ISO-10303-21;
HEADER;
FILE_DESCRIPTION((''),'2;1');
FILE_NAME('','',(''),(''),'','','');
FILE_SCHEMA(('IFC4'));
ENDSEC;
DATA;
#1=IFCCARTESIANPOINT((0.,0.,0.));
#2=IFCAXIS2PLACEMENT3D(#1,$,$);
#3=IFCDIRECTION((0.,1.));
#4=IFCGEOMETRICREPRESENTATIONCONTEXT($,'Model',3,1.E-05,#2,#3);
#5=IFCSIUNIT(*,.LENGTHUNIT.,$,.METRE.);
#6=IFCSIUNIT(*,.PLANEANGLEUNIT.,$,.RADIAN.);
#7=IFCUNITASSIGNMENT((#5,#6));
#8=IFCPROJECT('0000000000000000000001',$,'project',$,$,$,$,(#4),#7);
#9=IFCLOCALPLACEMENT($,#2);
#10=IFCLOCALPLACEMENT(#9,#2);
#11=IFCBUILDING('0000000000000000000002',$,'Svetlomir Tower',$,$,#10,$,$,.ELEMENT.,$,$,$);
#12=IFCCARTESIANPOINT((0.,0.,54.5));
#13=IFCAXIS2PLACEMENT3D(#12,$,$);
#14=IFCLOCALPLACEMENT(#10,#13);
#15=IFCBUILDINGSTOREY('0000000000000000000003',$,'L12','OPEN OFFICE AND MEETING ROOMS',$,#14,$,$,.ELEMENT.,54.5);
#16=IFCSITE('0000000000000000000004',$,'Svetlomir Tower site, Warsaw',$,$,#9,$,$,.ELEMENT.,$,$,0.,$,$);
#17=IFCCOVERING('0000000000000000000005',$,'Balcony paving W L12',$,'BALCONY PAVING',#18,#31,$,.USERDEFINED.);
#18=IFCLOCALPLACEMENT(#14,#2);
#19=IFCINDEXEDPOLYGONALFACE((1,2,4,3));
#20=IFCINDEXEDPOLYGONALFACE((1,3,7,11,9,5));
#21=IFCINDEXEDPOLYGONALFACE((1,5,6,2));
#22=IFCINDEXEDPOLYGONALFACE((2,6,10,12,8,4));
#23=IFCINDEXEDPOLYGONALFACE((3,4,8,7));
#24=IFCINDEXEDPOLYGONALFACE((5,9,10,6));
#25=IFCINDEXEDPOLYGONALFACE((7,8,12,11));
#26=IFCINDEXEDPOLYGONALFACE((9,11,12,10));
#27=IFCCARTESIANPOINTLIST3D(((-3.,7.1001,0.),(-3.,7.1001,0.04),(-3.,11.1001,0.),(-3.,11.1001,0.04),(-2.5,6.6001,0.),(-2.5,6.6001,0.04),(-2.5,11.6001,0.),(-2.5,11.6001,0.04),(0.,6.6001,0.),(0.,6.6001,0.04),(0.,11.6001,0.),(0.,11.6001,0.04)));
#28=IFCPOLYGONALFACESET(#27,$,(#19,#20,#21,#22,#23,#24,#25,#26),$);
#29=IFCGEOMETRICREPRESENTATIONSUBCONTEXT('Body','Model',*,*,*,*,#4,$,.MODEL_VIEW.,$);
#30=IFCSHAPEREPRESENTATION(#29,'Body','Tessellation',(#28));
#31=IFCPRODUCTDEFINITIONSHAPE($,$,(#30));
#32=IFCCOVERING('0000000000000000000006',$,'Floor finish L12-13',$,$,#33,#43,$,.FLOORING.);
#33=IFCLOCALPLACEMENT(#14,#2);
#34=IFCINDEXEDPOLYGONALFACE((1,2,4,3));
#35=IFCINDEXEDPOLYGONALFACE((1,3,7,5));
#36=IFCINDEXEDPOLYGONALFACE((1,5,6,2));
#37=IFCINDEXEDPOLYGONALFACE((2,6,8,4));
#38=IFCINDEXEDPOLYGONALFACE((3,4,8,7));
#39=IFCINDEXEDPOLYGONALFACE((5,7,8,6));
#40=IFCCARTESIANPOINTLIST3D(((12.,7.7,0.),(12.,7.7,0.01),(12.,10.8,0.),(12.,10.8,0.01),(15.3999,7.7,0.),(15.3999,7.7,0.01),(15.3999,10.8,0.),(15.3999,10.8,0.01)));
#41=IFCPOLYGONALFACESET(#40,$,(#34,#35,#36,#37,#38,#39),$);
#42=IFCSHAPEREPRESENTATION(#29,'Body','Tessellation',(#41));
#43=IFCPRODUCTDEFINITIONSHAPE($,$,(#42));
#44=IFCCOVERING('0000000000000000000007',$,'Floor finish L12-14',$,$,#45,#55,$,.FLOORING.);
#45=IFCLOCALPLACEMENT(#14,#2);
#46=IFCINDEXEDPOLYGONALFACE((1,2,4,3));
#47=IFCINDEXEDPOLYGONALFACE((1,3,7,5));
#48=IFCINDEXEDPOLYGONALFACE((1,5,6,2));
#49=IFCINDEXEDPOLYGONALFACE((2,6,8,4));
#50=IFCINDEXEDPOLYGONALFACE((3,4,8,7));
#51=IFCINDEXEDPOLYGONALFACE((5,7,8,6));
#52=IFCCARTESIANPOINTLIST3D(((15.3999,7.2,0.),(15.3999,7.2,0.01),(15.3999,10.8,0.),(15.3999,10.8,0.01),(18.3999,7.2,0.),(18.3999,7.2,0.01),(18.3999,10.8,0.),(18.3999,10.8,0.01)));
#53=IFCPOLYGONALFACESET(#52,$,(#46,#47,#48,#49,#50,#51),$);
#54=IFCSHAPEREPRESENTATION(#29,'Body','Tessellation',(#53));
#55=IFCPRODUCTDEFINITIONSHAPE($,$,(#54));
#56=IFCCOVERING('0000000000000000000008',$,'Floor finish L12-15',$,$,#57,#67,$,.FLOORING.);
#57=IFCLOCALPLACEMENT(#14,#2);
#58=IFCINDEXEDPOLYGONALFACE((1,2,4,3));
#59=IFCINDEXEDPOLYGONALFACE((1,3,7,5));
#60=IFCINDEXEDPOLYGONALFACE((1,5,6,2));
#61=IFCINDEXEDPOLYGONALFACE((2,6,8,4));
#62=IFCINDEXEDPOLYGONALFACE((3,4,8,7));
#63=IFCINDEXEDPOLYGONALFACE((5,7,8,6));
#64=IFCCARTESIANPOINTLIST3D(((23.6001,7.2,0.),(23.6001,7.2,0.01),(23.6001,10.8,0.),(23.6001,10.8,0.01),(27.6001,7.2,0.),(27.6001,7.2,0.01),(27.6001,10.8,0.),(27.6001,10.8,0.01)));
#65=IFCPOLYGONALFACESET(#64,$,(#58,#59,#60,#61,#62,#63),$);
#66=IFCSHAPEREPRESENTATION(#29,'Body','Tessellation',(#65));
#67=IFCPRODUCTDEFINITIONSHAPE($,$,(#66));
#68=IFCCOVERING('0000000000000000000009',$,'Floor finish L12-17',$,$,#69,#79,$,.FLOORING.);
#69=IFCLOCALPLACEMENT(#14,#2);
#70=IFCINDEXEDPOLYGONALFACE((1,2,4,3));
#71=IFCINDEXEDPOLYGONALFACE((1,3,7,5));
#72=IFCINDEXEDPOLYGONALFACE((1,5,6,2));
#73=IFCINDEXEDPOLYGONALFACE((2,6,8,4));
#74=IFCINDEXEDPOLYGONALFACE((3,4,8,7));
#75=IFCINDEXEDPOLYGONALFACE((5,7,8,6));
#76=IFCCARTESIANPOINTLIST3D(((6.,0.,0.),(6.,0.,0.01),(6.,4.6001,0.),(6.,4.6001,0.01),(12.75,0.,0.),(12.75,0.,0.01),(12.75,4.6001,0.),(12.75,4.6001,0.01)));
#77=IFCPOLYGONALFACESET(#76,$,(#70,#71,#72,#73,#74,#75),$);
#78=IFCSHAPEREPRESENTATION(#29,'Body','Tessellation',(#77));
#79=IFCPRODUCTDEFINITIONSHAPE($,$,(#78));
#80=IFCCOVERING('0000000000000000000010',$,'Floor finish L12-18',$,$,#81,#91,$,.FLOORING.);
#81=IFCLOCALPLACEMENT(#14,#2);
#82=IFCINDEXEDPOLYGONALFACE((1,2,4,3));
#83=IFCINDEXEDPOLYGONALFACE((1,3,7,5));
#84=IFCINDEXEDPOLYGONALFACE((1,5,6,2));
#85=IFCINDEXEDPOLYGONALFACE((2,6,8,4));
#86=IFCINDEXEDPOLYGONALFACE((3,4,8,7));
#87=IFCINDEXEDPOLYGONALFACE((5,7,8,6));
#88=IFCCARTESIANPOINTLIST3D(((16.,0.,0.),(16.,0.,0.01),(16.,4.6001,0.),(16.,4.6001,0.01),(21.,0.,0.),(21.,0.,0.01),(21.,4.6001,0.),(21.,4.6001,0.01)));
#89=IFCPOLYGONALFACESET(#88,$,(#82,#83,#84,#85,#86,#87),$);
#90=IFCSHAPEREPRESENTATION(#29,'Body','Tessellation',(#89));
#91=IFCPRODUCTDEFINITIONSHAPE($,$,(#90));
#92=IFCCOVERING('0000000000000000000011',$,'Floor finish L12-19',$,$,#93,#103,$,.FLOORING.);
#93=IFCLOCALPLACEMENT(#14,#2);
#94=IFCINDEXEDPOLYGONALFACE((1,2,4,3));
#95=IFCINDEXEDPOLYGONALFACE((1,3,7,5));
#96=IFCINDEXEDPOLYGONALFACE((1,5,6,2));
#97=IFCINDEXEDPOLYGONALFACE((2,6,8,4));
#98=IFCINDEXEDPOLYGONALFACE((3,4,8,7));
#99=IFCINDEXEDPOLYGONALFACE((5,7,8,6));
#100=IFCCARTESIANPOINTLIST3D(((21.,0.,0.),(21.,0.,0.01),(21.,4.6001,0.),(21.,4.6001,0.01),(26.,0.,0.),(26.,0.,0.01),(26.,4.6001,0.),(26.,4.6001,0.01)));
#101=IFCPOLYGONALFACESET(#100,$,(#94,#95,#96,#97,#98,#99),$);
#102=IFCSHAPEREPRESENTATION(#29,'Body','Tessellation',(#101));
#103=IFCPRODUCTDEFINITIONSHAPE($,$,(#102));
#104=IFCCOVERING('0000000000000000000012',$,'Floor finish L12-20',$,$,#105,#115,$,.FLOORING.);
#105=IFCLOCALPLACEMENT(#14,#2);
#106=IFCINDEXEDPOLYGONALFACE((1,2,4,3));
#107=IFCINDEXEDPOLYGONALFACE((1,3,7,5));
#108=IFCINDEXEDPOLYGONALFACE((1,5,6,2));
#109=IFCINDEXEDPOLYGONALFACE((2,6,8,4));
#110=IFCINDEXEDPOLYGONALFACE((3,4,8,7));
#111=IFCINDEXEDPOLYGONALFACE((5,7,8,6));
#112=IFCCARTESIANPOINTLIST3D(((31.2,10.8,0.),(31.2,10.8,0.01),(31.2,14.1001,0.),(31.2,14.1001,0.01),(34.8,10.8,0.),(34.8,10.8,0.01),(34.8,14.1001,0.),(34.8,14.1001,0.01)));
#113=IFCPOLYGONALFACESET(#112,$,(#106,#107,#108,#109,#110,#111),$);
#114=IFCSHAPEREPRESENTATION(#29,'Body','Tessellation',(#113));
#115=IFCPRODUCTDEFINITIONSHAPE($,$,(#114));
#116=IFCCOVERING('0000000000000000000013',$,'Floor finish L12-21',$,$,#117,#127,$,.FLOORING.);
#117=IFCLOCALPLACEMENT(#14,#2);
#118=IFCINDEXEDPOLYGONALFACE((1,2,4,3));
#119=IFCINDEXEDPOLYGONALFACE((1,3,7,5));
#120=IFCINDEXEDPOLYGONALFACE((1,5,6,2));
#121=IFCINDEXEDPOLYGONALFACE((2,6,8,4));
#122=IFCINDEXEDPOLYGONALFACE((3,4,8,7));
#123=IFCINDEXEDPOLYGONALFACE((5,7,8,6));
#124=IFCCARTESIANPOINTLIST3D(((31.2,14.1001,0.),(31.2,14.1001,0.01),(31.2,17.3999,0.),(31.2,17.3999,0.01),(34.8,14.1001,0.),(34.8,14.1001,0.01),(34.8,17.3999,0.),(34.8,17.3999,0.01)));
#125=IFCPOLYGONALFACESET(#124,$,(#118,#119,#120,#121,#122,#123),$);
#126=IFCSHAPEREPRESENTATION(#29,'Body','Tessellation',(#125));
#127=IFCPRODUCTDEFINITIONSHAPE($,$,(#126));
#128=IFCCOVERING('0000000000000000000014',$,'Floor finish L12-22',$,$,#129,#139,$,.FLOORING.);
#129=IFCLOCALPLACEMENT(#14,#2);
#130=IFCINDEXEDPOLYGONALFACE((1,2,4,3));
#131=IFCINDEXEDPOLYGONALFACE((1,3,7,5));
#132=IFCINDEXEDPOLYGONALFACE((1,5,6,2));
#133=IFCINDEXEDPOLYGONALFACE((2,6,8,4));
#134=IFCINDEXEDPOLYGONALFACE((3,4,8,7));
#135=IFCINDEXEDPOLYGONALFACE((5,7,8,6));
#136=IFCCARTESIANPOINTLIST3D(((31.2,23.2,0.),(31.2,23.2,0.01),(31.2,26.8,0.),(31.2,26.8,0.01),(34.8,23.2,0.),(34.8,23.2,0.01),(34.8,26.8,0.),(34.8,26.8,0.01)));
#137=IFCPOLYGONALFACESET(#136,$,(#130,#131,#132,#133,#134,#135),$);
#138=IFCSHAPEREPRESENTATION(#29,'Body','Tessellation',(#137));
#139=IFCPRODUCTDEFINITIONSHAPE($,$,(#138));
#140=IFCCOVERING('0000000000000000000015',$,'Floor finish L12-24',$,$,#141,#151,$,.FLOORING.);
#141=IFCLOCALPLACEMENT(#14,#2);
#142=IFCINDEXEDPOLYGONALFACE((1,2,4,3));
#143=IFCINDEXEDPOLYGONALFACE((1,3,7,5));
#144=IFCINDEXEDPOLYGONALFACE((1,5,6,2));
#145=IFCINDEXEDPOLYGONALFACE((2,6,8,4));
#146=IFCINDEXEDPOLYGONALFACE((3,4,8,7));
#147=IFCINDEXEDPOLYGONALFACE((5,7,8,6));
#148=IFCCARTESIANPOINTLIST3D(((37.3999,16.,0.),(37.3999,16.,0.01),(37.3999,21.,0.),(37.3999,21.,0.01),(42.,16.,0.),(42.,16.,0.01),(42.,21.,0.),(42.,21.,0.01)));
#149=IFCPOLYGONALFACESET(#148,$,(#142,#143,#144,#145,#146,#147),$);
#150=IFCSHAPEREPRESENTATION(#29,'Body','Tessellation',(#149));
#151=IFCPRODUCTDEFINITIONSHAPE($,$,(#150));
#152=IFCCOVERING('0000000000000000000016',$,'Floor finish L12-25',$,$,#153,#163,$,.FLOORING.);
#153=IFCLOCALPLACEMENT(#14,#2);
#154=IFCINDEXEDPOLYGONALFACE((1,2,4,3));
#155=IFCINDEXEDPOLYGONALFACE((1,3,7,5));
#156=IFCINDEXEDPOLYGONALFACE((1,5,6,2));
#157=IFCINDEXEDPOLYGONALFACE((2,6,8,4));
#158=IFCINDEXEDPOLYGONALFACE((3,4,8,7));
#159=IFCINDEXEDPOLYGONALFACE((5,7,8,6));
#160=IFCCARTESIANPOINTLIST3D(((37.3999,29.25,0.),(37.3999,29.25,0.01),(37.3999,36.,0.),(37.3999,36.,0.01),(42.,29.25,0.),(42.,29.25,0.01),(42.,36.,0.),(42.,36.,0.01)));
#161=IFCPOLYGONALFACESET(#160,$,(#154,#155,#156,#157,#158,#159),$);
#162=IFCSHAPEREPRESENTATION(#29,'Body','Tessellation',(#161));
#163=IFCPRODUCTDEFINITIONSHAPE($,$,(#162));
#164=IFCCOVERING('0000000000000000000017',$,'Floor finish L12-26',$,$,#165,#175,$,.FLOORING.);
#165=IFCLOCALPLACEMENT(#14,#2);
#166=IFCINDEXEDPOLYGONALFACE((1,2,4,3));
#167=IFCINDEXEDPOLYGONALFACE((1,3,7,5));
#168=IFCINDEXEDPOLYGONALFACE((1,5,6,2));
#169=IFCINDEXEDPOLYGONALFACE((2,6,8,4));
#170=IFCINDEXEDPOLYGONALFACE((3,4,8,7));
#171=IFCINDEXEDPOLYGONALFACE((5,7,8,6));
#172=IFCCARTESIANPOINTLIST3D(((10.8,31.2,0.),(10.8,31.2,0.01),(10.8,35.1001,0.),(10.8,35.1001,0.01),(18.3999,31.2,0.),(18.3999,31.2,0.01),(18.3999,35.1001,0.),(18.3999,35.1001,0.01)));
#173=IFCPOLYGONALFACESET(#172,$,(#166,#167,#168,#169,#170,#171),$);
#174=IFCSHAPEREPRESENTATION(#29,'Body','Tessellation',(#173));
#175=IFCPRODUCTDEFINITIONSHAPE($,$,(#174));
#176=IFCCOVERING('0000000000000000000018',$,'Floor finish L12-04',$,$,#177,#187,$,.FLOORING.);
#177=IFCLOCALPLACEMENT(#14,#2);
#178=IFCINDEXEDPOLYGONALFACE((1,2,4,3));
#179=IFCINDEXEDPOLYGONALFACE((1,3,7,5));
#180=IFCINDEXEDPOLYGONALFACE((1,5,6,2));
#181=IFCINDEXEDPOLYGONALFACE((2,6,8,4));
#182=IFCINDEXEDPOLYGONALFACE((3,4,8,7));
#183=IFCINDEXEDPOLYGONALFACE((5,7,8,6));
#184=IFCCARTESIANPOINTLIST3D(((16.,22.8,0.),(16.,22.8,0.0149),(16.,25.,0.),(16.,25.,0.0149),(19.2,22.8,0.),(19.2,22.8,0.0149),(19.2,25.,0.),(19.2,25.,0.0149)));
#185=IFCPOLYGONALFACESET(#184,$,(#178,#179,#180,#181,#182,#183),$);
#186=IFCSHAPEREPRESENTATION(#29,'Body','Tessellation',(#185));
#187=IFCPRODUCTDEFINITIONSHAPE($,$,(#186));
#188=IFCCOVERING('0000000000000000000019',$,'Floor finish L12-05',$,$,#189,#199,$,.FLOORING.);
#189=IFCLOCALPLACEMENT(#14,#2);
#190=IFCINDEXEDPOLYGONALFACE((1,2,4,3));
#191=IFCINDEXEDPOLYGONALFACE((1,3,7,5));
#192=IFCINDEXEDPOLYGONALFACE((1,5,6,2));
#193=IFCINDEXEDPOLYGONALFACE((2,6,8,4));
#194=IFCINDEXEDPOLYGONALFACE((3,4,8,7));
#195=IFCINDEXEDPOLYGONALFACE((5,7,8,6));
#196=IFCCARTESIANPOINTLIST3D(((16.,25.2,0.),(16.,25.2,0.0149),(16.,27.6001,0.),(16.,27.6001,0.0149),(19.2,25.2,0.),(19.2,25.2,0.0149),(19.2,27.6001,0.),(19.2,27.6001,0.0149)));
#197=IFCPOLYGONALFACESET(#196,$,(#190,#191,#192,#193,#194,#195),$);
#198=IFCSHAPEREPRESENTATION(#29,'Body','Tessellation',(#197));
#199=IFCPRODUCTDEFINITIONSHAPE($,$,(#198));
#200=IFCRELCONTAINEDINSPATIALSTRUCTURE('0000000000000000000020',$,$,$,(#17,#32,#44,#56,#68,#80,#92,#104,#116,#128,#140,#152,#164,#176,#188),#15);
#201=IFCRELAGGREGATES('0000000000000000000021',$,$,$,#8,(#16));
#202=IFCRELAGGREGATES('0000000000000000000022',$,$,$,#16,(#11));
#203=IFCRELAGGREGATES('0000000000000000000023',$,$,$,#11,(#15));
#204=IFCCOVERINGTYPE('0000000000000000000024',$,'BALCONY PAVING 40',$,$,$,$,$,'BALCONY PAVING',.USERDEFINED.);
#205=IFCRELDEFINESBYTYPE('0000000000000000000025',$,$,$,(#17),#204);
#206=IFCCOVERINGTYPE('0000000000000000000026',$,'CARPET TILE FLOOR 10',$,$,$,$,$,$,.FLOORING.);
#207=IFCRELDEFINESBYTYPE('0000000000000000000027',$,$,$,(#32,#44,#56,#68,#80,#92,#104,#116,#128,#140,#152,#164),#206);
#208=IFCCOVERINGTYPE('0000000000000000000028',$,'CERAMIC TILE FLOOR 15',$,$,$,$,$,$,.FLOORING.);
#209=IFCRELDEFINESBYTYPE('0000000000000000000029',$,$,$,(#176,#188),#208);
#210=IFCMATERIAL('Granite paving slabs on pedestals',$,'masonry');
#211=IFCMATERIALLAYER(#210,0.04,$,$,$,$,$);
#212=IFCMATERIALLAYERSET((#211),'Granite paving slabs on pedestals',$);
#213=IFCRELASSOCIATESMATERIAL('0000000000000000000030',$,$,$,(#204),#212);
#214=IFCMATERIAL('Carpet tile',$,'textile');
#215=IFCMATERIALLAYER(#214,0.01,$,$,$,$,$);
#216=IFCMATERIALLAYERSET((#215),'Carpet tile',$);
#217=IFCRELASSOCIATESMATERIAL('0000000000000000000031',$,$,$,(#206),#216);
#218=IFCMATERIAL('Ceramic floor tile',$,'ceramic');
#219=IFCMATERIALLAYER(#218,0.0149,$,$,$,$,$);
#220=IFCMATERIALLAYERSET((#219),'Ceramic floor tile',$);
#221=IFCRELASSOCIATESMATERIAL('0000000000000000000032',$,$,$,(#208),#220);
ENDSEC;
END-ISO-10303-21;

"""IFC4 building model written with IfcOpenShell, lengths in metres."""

from ifc_helpers import new_model, si_unit, direction, frame, origin, place, context, subcontext, project, spatial, polyline, outline, extrude, material, layer, layer_set, type_object, element, save


model = new_model("IFC4")

# Units and contexts
model_context = context("Model", 3, precision=1e-05, world=origin(), true_north=direction((0.0, 1.0)))
body_context = subcontext(model_context, "Body", "Model", "MODEL_VIEW")
ifc_project = project(units=[si_unit("LENGTHUNIT", "METRE"), si_unit("PLANEANGLEUNIT", "RADIAN")], contexts=[model_context])

# Site, building, storey
site_placement = place(None, origin())
site = spatial("IfcSite", under=ifc_project, at=site_placement, Name="Svetlomir Tower site, Warsaw", CompositionType="ELEMENT", RefElevation=0.0)
building_placement = place(site_placement, origin())
building = spatial("IfcBuilding", under=site, at=building_placement, Name="Svetlomir Tower", CompositionType="ELEMENT")
storey_placement = place(building_placement, frame((0.0, 0.0, 54.5)))
storey = spatial("IfcBuildingStorey", under=building, at=storey_placement, Name="L12", Description="OPEN OFFICE AND MEETING ROOMS", CompositionType="ELEMENT", Elevation=54.5)

# Coverings
ifc_material_1 = material(Name="Granite paving slabs on pedestals", Category="masonry")
ifc_layer_1 = layer(ifc_material_1, 0.04)
ifc_layer_set_1 = layer_set([ifc_layer_1], Name="Granite paving slabs on pedestals")
covering_type_1 = type_object("IfcCoveringType", Name="BALCONY PAVING 40", ElementType="BALCONY PAVING", PredefinedType="USERDEFINED", material=ifc_layer_set_1)
covering_1_placement = place(storey_placement, origin())
element("IfcCovering", 1, at=covering_1_placement, inside=storey, type_object=covering_type_1, Name="Balcony paving W L12", ObjectType="BALCONY PAVING", PredefinedType="USERDEFINED", context=body_context, shape_type="SweptSolid", body=[
    extrude(outline(polyline([(-2.5, 6.6001), (0.0, 6.6001), (0.0, 11.6001), (-2.5, 11.6001), (-3.0, 11.1001), (-3.0, 7.1001), (-2.5, 6.6001)])), origin(), (0.0, 0.0, 1.0), 0.04),
])
ifc_material_2 = material(Name="Carpet tile", Category="textile")
ifc_layer_2 = layer(ifc_material_2, 0.01)
ifc_layer_set_2 = layer_set([ifc_layer_2], Name="Carpet tile")
covering_type_2 = type_object("IfcCoveringType", Name="CARPET TILE FLOOR 10", PredefinedType="FLOORING", material=ifc_layer_set_2)
covering_2_placement = place(storey_placement, origin())
element("IfcCovering", 2, at=covering_2_placement, inside=storey, type_object=covering_type_2, Name="Floor finish L12-13", PredefinedType="FLOORING", context=body_context, shape_type="SweptSolid", body=[
    extrude(outline(polyline([(12.0, 7.7), (15.3999, 7.7), (15.3999, 10.8), (12.0, 10.8), (12.0, 7.7)])), origin(), (0.0, 0.0, 1.0), 0.01),
])
covering_3_placement = place(storey_placement, origin())
element("IfcCovering", 3, at=covering_3_placement, inside=storey, type_object=covering_type_2, Name="Floor finish L12-14", PredefinedType="FLOORING", context=body_context, shape_type="SweptSolid", body=[
    extrude(outline(polyline([(15.3999, 7.2), (18.3999, 7.2), (18.3999, 10.8), (15.3999, 10.8), (15.3999, 7.2)])), origin(), (0.0, 0.0, 1.0), 0.01),
])
covering_4_placement = place(storey_placement, origin())
element("IfcCovering", 4, at=covering_4_placement, inside=storey, type_object=covering_type_2, Name="Floor finish L12-15", PredefinedType="FLOORING", context=body_context, shape_type="SweptSolid", body=[
    extrude(outline(polyline([(23.6001, 7.2), (27.6001, 7.2), (27.6001, 10.8), (23.6001, 10.8), (23.6001, 7.2)])), origin(), (0.0, 0.0, 1.0), 0.01),
])
covering_5_placement = place(storey_placement, origin())
element("IfcCovering", 5, at=covering_5_placement, inside=storey, type_object=covering_type_2, Name="Floor finish L12-17", PredefinedType="FLOORING", context=body_context, shape_type="SweptSolid", body=[
    extrude(outline(polyline([(6.0, 0.0), (12.75, 0.0), (12.75, 4.6001), (6.0, 4.6001), (6.0, 0.0)])), origin(), (0.0, 0.0, 1.0), 0.01),
])
covering_6_placement = place(storey_placement, origin())
element("IfcCovering", 6, at=covering_6_placement, inside=storey, type_object=covering_type_2, Name="Floor finish L12-18", PredefinedType="FLOORING", context=body_context, shape_type="SweptSolid", body=[
    extrude(outline(polyline([(16.0, 0.0), (21.0, 0.0), (21.0, 4.6001), (16.0, 4.6001), (16.0, 0.0)])), origin(), (0.0, 0.0, 1.0), 0.01),
])
covering_7_placement = place(storey_placement, origin())
element("IfcCovering", 7, at=covering_7_placement, inside=storey, type_object=covering_type_2, Name="Floor finish L12-19", PredefinedType="FLOORING", context=body_context, shape_type="SweptSolid", body=[
    extrude(outline(polyline([(21.0, 0.0), (26.0, 0.0), (26.0, 4.6001), (21.0, 4.6001), (21.0, 0.0)])), origin(), (0.0, 0.0, 1.0), 0.01),
])
covering_8_placement = place(storey_placement, origin())
element("IfcCovering", 8, at=covering_8_placement, inside=storey, type_object=covering_type_2, Name="Floor finish L12-20", PredefinedType="FLOORING", context=body_context, shape_type="SweptSolid", body=[
    extrude(outline(polyline([(31.2, 10.8), (34.8, 10.8), (34.8, 14.1001), (31.2, 14.1001), (31.2, 10.8)])), origin(), (0.0, 0.0, 1.0), 0.01),
])
covering_9_placement = place(storey_placement, origin())
element("IfcCovering", 9, at=covering_9_placement, inside=storey, type_object=covering_type_2, Name="Floor finish L12-21", PredefinedType="FLOORING", context=body_context, shape_type="SweptSolid", body=[
    extrude(outline(polyline([(31.2, 14.1001), (34.8, 14.1001), (34.8, 17.3999), (31.2, 17.3999), (31.2, 14.1001)])), origin(), (0.0, 0.0, 1.0), 0.01),
])
covering_10_placement = place(storey_placement, origin())
element("IfcCovering", 10, at=covering_10_placement, inside=storey, type_object=covering_type_2, Name="Floor finish L12-22", PredefinedType="FLOORING", context=body_context, shape_type="SweptSolid", body=[
    extrude(outline(polyline([(31.2, 23.2), (34.8, 23.2), (34.8, 26.8), (31.2, 26.8), (31.2, 23.2)])), origin(), (0.0, 0.0, 1.0), 0.01),
])
covering_11_placement = place(storey_placement, origin())
element("IfcCovering", 11, at=covering_11_placement, inside=storey, type_object=covering_type_2, Name="Floor finish L12-24", PredefinedType="FLOORING", context=body_context, shape_type="SweptSolid", body=[
    extrude(outline(polyline([(37.3999, 16.0), (42.0, 16.0), (42.0, 21.0), (37.3999, 21.0), (37.3999, 16.0)])), origin(), (0.0, 0.0, 1.0), 0.01),
])
covering_12_placement = place(storey_placement, origin())
element("IfcCovering", 12, at=covering_12_placement, inside=storey, type_object=covering_type_2, Name="Floor finish L12-25", PredefinedType="FLOORING", context=body_context, shape_type="SweptSolid", body=[
    extrude(outline(polyline([(37.3999, 29.25), (42.0, 29.25), (42.0, 36.0), (37.3999, 36.0), (37.3999, 29.25)])), origin(), (0.0, 0.0, 1.0), 0.01),
])
covering_13_placement = place(storey_placement, origin())
element("IfcCovering", 13, at=covering_13_placement, inside=storey, type_object=covering_type_2, Name="Floor finish L12-26", PredefinedType="FLOORING", context=body_context, shape_type="SweptSolid", body=[
    extrude(outline(polyline([(10.8, 31.2), (18.3999, 31.2), (18.3999, 35.1001), (10.8, 35.1001), (10.8, 31.2)])), origin(), (0.0, 0.0, 1.0), 0.01),
])
ifc_material_3 = material(Name="Ceramic floor tile", Category="ceramic")
ifc_layer_3 = layer(ifc_material_3, 0.0149)
ifc_layer_set_3 = layer_set([ifc_layer_3], Name="Ceramic floor tile")
covering_type_3 = type_object("IfcCoveringType", Name="CERAMIC TILE FLOOR 15", PredefinedType="FLOORING", material=ifc_layer_set_3)
covering_14_placement = place(storey_placement, origin())
element("IfcCovering", 14, at=covering_14_placement, inside=storey, type_object=covering_type_3, Name="Floor finish L12-04", PredefinedType="FLOORING", context=body_context, shape_type="SweptSolid", body=[
    extrude(outline(polyline([(16.0, 22.8), (19.2, 22.8), (19.2, 25.0), (16.0, 25.0), (16.0, 22.8)])), origin(), (0.0, 0.0, 1.0), 0.0149),
])
covering_15_placement = place(storey_placement, origin())
element("IfcCovering", 15, at=covering_15_placement, inside=storey, type_object=covering_type_3, Name="Floor finish L12-05", PredefinedType="FLOORING", context=body_context, shape_type="SweptSolid", body=[
    extrude(outline(polyline([(16.0, 25.2), (19.2, 25.2), (19.2, 27.6001), (16.0, 27.6001), (16.0, 25.2)])), origin(), (0.0, 0.0, 1.0), 0.0149),
])

save(model, "model.ifc")
